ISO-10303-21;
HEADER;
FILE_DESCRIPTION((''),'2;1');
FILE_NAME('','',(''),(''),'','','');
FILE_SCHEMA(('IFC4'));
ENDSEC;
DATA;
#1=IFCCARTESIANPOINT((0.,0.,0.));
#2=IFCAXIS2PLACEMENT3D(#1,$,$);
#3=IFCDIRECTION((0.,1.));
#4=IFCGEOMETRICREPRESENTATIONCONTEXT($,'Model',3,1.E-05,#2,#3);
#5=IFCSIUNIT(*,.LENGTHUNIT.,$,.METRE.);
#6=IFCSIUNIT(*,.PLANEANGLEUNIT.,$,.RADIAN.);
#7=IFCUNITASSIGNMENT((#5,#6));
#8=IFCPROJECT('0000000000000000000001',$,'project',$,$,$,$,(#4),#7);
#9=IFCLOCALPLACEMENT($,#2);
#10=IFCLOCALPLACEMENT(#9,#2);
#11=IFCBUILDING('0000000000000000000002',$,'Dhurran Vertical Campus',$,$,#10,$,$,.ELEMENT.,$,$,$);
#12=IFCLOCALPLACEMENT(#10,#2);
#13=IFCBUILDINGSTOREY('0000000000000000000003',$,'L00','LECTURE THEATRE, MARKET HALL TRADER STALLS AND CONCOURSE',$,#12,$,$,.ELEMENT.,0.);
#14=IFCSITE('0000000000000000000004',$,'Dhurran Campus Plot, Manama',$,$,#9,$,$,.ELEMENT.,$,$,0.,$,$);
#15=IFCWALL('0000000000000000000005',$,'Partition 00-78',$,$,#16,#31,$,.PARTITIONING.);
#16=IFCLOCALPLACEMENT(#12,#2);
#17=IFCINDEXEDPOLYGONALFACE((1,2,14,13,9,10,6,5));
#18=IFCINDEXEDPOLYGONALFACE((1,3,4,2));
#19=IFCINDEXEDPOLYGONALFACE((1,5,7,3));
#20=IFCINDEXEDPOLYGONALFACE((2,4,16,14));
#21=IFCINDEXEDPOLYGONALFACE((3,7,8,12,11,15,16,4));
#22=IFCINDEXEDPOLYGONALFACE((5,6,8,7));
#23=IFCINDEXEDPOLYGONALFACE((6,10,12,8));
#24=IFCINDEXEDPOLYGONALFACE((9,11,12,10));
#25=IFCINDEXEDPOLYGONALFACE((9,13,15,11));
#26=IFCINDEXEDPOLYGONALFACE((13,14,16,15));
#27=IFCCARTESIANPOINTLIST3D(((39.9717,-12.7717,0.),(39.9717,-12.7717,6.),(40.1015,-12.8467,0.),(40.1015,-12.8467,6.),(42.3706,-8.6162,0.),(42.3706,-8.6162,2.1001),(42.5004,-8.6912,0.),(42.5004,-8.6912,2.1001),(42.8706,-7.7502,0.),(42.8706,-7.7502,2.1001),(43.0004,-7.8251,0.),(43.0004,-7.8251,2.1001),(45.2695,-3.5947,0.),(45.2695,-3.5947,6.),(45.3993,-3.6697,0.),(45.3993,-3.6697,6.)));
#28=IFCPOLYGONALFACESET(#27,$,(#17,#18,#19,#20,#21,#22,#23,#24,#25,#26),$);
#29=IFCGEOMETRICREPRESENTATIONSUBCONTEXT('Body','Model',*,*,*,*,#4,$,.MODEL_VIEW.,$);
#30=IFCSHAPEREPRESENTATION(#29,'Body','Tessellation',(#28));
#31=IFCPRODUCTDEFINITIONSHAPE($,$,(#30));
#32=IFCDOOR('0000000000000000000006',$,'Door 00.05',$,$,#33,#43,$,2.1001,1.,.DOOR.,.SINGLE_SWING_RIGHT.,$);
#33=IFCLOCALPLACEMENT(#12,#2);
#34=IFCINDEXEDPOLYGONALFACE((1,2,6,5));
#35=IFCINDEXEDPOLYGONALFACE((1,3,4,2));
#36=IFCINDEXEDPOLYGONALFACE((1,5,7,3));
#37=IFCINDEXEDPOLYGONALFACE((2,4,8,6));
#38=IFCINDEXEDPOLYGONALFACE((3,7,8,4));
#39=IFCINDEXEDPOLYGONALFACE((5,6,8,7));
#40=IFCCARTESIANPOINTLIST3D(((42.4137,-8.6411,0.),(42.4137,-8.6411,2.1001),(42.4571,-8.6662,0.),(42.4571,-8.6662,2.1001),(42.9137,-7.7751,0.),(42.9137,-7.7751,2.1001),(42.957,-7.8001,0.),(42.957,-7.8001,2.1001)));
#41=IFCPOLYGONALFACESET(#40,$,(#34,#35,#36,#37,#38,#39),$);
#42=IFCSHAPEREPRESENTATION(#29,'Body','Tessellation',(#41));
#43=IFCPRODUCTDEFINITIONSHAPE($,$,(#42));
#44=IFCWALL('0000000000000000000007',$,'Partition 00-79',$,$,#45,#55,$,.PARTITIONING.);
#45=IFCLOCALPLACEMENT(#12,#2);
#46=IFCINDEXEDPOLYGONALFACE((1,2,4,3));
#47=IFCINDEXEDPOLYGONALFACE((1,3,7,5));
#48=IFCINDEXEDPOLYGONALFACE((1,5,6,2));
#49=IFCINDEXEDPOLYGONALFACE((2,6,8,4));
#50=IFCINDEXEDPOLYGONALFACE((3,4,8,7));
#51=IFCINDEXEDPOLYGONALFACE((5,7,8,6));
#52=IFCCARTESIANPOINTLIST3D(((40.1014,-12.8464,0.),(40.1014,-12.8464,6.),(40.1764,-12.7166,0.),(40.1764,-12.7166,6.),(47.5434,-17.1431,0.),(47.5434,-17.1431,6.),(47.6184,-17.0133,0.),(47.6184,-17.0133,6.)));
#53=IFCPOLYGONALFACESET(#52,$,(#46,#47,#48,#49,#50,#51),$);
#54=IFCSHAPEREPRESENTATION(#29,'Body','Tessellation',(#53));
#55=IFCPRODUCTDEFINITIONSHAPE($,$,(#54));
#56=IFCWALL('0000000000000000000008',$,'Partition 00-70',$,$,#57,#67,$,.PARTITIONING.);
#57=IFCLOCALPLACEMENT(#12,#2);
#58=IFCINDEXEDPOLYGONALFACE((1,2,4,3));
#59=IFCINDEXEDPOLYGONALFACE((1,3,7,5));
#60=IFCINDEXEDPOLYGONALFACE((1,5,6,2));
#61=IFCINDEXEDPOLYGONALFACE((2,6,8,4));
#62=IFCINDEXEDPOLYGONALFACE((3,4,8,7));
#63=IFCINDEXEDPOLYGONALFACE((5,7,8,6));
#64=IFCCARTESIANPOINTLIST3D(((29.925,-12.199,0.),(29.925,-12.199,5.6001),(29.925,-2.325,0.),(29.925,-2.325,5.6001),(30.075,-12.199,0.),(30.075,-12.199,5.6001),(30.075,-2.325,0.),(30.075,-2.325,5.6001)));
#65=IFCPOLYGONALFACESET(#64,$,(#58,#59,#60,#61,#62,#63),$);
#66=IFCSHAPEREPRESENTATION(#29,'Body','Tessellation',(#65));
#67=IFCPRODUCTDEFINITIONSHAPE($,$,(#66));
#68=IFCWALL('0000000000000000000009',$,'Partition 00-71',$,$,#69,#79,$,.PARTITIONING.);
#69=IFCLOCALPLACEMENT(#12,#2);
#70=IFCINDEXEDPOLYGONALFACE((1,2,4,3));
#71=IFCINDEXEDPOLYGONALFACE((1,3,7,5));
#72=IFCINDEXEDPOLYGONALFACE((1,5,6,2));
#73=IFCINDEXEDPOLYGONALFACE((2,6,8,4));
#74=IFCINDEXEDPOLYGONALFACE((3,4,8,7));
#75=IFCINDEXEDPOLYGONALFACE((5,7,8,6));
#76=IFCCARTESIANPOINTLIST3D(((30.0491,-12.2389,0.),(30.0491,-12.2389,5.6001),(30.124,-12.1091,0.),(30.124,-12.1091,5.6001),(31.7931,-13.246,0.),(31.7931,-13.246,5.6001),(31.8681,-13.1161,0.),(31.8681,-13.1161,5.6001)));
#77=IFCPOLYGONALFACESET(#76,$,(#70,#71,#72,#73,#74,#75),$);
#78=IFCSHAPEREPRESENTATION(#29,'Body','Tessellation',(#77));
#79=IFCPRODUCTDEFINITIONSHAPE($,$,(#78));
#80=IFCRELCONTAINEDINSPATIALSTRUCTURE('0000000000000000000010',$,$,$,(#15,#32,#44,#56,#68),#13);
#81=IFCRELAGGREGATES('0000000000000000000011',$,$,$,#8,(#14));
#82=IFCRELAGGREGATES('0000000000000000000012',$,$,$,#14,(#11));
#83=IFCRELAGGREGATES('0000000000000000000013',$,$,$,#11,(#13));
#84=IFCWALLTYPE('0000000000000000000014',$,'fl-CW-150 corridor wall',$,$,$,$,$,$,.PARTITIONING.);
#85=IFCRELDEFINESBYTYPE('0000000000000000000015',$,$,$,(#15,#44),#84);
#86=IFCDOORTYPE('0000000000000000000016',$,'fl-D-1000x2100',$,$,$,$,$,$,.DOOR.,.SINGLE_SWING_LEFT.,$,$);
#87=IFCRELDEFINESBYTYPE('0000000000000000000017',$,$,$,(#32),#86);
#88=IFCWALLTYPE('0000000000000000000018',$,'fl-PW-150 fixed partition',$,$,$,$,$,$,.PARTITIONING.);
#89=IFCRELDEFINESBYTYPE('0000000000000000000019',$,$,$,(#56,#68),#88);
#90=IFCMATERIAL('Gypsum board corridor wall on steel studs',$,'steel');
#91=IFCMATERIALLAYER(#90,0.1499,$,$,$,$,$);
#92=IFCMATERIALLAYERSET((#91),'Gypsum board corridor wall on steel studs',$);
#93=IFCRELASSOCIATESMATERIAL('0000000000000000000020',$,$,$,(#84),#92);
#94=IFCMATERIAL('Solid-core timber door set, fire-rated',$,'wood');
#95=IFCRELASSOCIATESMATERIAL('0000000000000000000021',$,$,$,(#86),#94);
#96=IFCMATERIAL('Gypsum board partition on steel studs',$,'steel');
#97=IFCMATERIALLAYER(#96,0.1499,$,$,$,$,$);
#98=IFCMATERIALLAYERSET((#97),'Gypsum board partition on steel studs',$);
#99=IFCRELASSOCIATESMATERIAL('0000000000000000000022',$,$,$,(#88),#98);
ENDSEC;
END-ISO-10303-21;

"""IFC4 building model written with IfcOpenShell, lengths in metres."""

from ifc_helpers import new_model, si_unit, direction, frame, frame_2d, origin, place, context, subcontext, project, spatial, rectangle, extrude, material, layer, layer_set, type_object, element, fill, save


model = new_model("IFC4")

# Units and contexts
model_context = context("Model", 3, precision=1e-05, world=origin(), true_north=direction((0.0, 1.0)))
body_context = subcontext(model_context, "Body", "Model", "MODEL_VIEW")
ifc_project = project(units=[si_unit("LENGTHUNIT", "METRE"), si_unit("PLANEANGLEUNIT", "RADIAN")], contexts=[model_context])

# Site, building, storey
site_placement = place(None, origin())
site = spatial("IfcSite", under=ifc_project, at=site_placement, Name="Dhurran Campus Plot, Manama", CompositionType="ELEMENT", RefElevation=0.0)
building_placement = place(site_placement, origin())
building = spatial("IfcBuilding", under=site, at=building_placement, Name="Dhurran Vertical Campus", CompositionType="ELEMENT")
storey_placement = place(building_placement, origin())
storey = spatial("IfcBuildingStorey", under=building, at=storey_placement, Name="L00", Description="LECTURE THEATRE, MARKET HALL TRADER STALLS AND CONCOURSE", CompositionType="ELEMENT", Elevation=0.0)

# Shared definitions
ifc_material_1 = material(Name="Gypsum board corridor wall on steel studs", Category="steel")
ifc_layer_1 = layer(ifc_material_1, 0.1499)
ifc_layer_set_1 = layer_set([ifc_layer_1], Name="Gypsum board corridor wall on steel studs")
wall_type_1 = type_object("IfcWallType", Name="fl-CW-150 corridor wall", PredefinedType="PARTITIONING", material=ifc_layer_set_1)

# Wall, opening, door
ifc_material_2 = material(Name="Solid-core timber door set, fire-rated", Category="wood")
door_type = type_object("IfcDoorType", Name="fl-D-1000x2100", OperationType="SINGLE_SWING_LEFT", PredefinedType="DOOR", material=ifc_material_2)
wall_1_placement = place(storey_placement, frame((45.3345, -3.6321, 0.0), z_axis=(0.0, 0.0, 1.0), x_axis=(-0.499965, -0.866046, 0.0)))
wall_1 = element("IfcWall", 1, at=wall_1_placement, inside=storey, type_object=wall_type_1, Name="Partition 00-78", PredefinedType="PARTITIONING", context=body_context, shape_type="SweptSolid", body=[
    extrude(rectangle(XDim=10.5964, YDim=0.1499, at=frame_2d((5.2983, 0.0))), origin(), (0.0, 0.0, 1.0), 6.0),
])
opening_1_placement = place(wall_1_placement, frame((4.7983, 0.0, 0.0)))
opening_1 = element("IfcOpeningElement", 2, at=opening_1_placement, cuts=wall_1, PredefinedType="OPENING", context=body_context, shape_type="SweptSolid", body=[
    extrude(rectangle(XDim=1.0, YDim=2.1001, at=frame_2d((0.5, 1.05))), frame((0.0, 0.085, 0.0), z_axis=(0.0, -1.0, 0.0), x_axis=(1.0, 0.0, 0.0)), (0.0, 0.0, 1.0), 0.1699),
])
door_1_placement = place(opening_1_placement, origin())
door_1 = element("IfcDoor", 3, at=door_1_placement, inside=storey, type_object=door_type, Name="Door 00.05", OperationType="SINGLE_SWING_RIGHT", OverallHeight=2.1001, OverallWidth=1.0, PredefinedType="DOOR", context=body_context, shape_type="SweptSolid", body=[
    extrude(rectangle(XDim=1.0, YDim=2.1001, at=frame_2d((0.5, 1.05))), frame((0.0, 0.0249, 0.0), z_axis=(0.0, -1.0, 0.0), x_axis=(1.0, 0.0, 0.0)), (0.0, 0.0, 1.0), 0.05),
])
fill(opening_1, door_1)

# Walls
wall_2_placement = place(storey_placement, frame((40.1389, -12.7815, 0.0), z_axis=(0.0, 0.0, 1.0), x_axis=(0.866023, -0.500004, 0.0)))
element("IfcWall", 4, at=wall_2_placement, inside=storey, type_object=wall_type_1, Name="Partition 00-79", PredefinedType="PARTITIONING", context=body_context, shape_type="SweptSolid", body=[
    extrude(rectangle(XDim=8.5933, YDim=0.1499, at=frame_2d((4.2966, 0.0))), origin(), (0.0, 0.0, 1.0), 6.0),
])
ifc_material_3 = material(Name="Gypsum board partition on steel studs", Category="steel")
ifc_layer_2 = layer(ifc_material_3, 0.1499)
ifc_layer_set_2 = layer_set([ifc_layer_2], Name="Gypsum board partition on steel studs")
wall_type_2 = type_object("IfcWallType", Name="fl-PW-150 fixed partition", PredefinedType="PARTITIONING", material=ifc_layer_set_2)
wall_3_placement = place(storey_placement, frame((30.0, -2.325, 0.0), z_axis=(0.0, 0.0, 1.0), x_axis=(0.0, -1.0, 0.0)))
element("IfcWall", 5, at=wall_3_placement, inside=storey, type_object=wall_type_2, Name="Partition 00-70", PredefinedType="PARTITIONING", context=body_context, shape_type="SweptSolid", body=[
    extrude(rectangle(XDim=9.874, YDim=0.1499, at=frame_2d((4.937, 0.0))), origin(), (0.0, 0.0, 1.0), 5.6001),
])
wall_4_placement = place(storey_placement, frame((30.0867, -12.1741, 0.0), z_axis=(0.0, 0.0, 1.0), x_axis=(0.866004, -0.500037, 0.0)))
element("IfcWall", 6, at=wall_4_placement, inside=storey, type_object=wall_type_2, Name="Partition 00-71", PredefinedType="PARTITIONING", context=body_context, shape_type="SweptSolid", body=[
    extrude(rectangle(XDim=2.0139, YDim=0.1499, at=frame_2d((1.0068, 0.0))), origin(), (0.0, 0.0, 1.0), 5.6001),
])

save(model, "model.ifc")
